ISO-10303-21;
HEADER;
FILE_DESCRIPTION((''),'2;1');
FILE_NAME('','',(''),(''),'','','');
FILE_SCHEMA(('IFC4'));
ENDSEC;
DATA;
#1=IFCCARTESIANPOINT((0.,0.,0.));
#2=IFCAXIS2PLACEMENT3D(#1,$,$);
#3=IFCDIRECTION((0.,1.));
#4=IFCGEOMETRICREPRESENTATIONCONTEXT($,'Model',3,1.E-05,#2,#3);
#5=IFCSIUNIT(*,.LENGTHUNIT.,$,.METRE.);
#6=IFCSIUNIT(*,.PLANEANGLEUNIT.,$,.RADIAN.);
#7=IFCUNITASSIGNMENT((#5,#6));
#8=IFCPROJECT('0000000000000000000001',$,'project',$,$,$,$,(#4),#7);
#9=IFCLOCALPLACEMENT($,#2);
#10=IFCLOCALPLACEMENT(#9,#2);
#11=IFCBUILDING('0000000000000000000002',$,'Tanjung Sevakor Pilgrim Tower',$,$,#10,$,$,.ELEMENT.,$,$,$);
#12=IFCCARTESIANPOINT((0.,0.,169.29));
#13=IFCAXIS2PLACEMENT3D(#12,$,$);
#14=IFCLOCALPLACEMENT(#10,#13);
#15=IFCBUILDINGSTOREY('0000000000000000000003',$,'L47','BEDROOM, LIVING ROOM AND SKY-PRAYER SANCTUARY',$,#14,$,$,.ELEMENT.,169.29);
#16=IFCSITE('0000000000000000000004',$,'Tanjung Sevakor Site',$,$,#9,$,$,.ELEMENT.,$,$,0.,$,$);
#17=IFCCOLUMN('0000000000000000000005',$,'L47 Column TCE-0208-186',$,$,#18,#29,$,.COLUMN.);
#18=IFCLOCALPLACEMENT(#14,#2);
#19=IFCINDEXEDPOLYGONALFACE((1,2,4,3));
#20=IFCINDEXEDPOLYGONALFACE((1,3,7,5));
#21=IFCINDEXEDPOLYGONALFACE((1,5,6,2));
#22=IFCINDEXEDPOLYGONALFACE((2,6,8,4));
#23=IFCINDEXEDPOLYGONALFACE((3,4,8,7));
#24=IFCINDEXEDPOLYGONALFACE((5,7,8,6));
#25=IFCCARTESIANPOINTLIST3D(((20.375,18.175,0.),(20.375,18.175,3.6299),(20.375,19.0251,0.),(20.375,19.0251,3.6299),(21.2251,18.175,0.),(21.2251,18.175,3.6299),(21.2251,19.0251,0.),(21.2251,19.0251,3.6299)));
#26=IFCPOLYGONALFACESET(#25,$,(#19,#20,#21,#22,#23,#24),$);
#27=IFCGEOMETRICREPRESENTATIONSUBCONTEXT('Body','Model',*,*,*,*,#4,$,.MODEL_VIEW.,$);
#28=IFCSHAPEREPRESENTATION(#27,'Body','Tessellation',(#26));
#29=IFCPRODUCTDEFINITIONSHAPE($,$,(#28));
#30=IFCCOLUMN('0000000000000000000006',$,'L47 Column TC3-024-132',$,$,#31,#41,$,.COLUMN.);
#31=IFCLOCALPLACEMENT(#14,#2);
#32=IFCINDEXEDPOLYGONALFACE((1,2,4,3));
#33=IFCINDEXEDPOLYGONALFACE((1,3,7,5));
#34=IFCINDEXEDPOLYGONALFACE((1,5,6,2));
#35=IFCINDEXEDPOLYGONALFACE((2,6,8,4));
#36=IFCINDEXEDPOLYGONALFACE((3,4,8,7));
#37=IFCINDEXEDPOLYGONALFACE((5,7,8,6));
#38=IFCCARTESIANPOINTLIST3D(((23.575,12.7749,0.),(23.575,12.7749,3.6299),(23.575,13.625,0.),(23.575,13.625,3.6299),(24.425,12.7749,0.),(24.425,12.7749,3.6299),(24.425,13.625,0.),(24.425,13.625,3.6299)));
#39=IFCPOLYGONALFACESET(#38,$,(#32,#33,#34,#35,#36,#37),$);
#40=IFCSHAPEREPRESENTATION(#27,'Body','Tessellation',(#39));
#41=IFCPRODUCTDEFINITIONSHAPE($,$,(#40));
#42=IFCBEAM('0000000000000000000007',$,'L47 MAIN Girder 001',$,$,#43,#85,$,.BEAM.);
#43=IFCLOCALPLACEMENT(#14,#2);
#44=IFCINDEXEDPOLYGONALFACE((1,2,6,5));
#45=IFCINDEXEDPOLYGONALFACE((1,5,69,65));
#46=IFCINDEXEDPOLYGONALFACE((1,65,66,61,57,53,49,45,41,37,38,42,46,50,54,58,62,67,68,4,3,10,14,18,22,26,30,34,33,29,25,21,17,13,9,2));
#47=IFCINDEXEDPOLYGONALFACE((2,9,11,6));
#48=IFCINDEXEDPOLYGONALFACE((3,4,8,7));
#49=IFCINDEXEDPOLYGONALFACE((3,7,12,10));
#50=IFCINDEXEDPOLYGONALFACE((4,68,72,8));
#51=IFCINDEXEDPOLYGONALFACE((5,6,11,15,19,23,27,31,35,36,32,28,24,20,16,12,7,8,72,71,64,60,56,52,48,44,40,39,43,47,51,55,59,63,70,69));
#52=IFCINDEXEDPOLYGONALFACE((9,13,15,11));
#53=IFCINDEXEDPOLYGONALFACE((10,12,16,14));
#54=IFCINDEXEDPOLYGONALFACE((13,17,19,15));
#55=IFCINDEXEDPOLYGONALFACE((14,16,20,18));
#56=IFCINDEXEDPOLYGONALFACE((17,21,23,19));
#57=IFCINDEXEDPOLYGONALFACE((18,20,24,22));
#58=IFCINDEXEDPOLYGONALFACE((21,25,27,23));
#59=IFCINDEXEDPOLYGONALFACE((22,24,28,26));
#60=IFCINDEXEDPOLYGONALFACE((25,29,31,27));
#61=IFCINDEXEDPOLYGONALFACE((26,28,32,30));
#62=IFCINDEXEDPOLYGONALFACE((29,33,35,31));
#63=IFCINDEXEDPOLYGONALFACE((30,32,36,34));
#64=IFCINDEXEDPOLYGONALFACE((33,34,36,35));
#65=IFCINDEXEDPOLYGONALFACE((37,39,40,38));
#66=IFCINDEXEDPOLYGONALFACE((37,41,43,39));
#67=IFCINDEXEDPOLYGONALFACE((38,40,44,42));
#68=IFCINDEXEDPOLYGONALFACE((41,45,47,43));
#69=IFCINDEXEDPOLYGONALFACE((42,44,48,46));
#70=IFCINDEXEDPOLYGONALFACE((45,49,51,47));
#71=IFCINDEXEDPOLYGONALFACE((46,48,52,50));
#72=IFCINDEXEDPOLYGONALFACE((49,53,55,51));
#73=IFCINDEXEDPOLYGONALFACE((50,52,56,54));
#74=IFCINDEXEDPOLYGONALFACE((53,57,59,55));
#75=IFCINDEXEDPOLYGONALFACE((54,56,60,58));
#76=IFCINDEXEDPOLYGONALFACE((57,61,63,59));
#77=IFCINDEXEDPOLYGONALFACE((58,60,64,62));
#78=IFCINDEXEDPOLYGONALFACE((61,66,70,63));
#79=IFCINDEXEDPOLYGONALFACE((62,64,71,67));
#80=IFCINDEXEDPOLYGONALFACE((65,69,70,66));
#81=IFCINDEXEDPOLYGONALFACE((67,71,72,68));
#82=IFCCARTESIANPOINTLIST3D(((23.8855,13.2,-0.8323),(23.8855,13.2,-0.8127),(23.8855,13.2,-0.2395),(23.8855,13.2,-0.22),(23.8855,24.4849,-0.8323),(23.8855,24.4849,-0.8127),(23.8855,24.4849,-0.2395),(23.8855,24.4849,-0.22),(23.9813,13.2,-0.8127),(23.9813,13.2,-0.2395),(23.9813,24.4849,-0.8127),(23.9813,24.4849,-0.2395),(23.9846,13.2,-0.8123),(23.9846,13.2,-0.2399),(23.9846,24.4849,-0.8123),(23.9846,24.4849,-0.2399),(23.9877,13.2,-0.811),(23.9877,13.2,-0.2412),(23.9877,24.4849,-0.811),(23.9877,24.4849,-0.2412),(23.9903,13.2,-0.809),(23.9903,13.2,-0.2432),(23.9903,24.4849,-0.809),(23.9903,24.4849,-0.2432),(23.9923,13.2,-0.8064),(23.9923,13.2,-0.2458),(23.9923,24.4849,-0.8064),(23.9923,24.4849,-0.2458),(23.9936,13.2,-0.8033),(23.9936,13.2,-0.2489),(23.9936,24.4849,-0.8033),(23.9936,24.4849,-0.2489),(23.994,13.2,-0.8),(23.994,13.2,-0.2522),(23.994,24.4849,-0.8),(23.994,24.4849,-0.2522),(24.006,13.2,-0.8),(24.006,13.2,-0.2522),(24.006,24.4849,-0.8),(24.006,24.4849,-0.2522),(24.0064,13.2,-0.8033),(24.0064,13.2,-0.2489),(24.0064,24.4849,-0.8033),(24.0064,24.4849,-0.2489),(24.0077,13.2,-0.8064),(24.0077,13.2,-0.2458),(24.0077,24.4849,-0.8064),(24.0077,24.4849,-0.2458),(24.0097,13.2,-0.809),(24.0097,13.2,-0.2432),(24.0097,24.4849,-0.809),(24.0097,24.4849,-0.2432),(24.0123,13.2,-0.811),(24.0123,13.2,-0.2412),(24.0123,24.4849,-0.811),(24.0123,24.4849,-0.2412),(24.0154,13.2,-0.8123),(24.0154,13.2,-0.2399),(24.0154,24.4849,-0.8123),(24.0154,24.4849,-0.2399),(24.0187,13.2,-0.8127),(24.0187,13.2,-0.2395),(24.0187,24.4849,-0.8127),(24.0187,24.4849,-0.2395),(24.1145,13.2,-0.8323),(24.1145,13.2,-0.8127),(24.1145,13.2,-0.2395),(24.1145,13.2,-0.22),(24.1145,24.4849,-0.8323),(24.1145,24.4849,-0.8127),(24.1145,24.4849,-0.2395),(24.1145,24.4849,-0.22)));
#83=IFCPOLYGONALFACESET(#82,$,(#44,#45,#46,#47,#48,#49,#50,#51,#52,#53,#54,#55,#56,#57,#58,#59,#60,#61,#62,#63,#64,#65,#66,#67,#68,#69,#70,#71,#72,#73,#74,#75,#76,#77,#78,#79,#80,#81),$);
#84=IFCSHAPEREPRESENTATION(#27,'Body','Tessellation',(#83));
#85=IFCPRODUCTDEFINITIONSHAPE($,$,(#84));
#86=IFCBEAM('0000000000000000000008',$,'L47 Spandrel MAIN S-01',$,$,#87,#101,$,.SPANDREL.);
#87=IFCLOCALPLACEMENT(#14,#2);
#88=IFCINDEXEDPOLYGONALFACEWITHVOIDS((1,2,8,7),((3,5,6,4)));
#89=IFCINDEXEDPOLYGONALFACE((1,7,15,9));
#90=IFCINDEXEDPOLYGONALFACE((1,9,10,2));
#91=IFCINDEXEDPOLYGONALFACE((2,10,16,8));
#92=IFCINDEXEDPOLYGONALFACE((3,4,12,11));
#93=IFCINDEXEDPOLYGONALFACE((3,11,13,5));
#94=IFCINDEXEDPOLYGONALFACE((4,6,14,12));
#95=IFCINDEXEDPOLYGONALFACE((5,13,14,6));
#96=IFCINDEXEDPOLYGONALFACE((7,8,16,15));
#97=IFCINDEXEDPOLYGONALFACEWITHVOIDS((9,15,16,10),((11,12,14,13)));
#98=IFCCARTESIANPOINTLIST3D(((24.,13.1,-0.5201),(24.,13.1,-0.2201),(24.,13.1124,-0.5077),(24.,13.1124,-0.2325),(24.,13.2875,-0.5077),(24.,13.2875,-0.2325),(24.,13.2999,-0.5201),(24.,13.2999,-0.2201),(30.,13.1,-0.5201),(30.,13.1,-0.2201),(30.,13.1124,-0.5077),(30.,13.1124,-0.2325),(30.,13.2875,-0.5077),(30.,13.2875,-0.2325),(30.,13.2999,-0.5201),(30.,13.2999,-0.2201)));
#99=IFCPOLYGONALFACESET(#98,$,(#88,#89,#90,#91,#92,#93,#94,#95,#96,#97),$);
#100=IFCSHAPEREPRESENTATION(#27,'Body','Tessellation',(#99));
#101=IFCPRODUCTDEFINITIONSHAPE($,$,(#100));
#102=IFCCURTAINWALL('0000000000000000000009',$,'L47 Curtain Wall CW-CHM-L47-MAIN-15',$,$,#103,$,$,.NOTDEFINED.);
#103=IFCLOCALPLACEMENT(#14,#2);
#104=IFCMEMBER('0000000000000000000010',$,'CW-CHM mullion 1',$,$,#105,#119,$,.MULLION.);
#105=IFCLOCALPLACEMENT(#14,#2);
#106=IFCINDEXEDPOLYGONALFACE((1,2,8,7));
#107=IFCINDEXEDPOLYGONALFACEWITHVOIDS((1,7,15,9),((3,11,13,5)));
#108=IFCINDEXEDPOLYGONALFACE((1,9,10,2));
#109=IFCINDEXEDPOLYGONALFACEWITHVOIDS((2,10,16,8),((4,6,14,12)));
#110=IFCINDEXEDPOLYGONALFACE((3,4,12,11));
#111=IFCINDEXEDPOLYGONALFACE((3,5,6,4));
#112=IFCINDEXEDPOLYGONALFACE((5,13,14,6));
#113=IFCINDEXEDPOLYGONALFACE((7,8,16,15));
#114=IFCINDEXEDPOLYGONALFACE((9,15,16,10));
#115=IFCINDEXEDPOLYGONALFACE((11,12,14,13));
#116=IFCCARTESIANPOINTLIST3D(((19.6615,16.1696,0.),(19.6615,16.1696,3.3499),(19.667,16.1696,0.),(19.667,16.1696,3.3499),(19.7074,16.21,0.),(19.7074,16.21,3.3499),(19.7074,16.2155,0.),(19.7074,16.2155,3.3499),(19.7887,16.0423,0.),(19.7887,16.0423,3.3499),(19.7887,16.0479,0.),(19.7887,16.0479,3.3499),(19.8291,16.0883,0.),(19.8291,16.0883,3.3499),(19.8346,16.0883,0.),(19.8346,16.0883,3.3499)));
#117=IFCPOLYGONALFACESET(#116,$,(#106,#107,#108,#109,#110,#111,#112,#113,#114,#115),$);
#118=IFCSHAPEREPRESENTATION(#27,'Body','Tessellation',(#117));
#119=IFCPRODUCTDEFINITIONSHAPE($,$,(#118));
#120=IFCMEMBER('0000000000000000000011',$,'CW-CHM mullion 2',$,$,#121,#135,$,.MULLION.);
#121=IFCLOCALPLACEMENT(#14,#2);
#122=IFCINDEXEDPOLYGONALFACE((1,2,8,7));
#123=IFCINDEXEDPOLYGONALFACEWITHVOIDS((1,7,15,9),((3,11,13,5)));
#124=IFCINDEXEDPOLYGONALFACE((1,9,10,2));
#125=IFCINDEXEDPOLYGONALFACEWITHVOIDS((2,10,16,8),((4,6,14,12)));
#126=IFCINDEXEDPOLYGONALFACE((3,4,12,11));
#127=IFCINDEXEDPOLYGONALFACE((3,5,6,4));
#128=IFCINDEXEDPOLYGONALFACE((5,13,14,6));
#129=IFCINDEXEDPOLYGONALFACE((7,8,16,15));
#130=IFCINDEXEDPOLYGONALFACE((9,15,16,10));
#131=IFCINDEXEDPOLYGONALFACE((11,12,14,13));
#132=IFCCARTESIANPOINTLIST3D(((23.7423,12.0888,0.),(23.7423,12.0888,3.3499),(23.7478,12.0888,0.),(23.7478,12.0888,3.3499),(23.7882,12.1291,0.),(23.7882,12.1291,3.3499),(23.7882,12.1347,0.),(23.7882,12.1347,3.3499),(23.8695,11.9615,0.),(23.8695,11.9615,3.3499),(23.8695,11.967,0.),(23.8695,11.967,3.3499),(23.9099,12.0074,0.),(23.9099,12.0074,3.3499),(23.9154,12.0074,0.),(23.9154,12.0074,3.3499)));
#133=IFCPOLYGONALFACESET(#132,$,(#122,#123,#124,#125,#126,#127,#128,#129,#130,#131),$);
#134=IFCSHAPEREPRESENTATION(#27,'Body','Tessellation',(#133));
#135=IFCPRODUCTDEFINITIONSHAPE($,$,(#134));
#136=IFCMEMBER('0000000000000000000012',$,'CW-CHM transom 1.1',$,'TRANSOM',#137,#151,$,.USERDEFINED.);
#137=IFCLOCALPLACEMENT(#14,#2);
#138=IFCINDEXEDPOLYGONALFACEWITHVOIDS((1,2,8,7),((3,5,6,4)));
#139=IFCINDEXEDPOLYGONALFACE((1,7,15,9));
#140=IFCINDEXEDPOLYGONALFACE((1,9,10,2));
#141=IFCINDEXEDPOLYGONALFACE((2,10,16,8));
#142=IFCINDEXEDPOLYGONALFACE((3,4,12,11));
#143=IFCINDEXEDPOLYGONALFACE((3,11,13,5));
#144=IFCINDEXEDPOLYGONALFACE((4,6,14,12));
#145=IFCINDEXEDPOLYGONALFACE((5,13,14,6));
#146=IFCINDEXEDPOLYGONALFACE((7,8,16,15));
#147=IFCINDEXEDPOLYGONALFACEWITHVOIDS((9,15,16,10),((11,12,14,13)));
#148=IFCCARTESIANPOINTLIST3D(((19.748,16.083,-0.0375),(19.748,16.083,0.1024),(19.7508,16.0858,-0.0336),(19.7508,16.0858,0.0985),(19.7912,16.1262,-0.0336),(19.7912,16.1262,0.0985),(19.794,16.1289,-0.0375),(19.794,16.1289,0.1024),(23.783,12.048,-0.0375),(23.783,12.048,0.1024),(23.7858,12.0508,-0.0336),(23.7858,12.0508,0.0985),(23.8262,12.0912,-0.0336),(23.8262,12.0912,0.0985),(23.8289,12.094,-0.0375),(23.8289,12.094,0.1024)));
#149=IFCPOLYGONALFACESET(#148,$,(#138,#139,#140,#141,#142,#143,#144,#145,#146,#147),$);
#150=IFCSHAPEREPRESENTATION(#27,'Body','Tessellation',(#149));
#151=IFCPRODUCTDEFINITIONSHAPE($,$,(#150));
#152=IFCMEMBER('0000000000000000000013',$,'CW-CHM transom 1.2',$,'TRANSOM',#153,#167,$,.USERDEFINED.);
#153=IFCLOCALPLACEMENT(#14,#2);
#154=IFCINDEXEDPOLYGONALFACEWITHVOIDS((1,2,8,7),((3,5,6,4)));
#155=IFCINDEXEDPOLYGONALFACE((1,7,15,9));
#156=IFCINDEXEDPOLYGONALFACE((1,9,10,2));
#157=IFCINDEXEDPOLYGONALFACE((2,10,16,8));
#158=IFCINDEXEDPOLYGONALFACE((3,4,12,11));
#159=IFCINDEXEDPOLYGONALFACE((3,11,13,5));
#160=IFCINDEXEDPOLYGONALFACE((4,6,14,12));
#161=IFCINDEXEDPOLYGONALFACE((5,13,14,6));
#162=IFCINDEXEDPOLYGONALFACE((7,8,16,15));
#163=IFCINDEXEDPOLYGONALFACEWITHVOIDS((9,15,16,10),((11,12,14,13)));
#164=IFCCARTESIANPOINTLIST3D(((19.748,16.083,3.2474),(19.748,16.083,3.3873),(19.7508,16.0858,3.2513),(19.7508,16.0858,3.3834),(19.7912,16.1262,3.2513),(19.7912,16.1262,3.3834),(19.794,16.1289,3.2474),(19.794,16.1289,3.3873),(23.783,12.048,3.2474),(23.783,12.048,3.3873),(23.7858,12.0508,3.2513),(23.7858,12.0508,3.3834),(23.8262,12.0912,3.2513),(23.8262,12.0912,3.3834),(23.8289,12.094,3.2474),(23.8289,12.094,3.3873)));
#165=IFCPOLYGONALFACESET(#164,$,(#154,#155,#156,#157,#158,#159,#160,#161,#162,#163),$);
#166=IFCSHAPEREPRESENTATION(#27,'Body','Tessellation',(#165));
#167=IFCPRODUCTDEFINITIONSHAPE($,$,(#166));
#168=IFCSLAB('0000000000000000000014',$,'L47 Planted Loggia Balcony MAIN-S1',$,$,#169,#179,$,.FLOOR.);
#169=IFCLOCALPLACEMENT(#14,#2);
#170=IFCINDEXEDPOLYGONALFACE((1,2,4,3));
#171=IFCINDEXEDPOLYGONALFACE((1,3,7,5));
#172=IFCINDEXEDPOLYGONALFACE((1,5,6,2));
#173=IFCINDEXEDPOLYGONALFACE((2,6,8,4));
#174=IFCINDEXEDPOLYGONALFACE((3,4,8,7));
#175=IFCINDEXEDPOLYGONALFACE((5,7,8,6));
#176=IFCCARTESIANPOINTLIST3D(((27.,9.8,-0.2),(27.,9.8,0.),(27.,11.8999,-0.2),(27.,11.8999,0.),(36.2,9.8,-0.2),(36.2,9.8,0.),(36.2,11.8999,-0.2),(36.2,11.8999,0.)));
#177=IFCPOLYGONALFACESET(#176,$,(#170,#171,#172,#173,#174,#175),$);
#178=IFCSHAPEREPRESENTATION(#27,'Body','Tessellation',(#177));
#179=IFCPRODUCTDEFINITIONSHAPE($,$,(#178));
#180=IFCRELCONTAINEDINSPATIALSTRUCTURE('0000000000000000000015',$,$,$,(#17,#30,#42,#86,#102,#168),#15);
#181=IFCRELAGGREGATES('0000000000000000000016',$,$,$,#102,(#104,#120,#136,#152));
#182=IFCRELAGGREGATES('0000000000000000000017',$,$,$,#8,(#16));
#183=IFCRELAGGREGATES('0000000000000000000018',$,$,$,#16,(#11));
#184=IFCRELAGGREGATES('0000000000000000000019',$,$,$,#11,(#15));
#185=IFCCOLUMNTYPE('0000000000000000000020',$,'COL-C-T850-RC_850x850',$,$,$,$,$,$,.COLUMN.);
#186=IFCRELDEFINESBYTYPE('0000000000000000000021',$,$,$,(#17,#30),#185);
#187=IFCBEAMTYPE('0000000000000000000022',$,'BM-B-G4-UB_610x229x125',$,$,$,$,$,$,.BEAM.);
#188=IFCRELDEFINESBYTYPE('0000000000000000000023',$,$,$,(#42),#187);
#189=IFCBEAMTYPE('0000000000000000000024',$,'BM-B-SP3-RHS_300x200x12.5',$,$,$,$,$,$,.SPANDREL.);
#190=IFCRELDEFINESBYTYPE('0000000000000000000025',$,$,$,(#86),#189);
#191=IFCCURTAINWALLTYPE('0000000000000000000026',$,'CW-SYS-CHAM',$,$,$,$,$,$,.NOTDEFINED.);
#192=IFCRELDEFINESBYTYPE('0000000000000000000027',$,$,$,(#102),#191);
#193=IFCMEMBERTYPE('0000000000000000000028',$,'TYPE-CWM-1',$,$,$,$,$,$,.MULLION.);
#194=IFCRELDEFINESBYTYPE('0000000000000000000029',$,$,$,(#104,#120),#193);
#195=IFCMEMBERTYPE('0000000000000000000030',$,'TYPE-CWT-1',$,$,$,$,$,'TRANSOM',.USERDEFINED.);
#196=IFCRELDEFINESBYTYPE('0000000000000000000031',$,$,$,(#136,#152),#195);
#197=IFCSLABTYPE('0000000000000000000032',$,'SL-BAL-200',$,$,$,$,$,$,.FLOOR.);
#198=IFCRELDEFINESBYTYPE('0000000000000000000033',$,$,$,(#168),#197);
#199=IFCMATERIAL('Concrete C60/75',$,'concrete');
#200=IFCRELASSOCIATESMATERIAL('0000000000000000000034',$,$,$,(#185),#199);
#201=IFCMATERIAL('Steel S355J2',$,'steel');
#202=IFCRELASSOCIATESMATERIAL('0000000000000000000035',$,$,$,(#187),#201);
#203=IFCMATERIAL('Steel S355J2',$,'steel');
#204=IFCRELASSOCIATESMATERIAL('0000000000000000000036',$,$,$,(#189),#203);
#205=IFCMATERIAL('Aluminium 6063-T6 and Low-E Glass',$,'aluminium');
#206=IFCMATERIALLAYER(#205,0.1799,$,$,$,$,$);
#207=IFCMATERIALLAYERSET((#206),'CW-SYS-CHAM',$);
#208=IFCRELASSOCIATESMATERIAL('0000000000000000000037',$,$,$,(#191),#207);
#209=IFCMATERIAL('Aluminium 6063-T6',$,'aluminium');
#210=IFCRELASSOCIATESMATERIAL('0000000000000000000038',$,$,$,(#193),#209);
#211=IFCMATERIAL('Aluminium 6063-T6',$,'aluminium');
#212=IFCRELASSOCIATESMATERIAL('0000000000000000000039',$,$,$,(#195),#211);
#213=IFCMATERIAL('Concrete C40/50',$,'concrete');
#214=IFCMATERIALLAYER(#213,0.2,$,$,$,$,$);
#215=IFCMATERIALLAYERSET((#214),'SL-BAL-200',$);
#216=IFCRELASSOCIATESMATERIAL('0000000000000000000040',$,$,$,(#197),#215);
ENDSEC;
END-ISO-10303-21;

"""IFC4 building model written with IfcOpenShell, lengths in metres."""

from ifc_helpers import new_model, si_unit, direction, frame, origin, origin_2d, place, context, subcontext, project, spatial, polyline, rectangle, hollow_rectangle, i_section, outline, extrude, material, layer, layer_set, material_profile, profile_set, type_object, element, aggregate, save


model = new_model("IFC4")

# Units and contexts
model_context = context("Model", 3, precision=1e-05, world=origin(), true_north=direction((0.0, 1.0)))
body_context = subcontext(model_context, "Body", "Model", "MODEL_VIEW")
ifc_project = project(units=[si_unit("LENGTHUNIT", "METRE"), si_unit("PLANEANGLEUNIT", "RADIAN")], contexts=[model_context])

# Site, building, storey
site_placement = place(None, origin())
site = spatial("IfcSite", under=ifc_project, at=site_placement, Name="Tanjung Sevakor Site", CompositionType="ELEMENT", RefElevation=0.0)
building_placement = place(site_placement, origin())
building = spatial("IfcBuilding", under=site, at=building_placement, Name="Tanjung Sevakor Pilgrim Tower", CompositionType="ELEMENT")
storey_placement = place(building_placement, frame((0.0, 0.0, 169.29)))
storey = spatial("IfcBuildingStorey", under=building, at=storey_placement, Name="L47", Description="BEDROOM, LIVING ROOM AND SKY-PRAYER SANCTUARY", CompositionType="ELEMENT", Elevation=169.29)

# Columns
ifc_material_1 = material(Name="Concrete C60/75", Category="concrete")
ifc_material_profile_1 = material_profile(ifc_material_1, rectangle(XDim=0.8501, YDim=0.8501, at=origin_2d()))
ifc_profile_set_1 = profile_set([ifc_material_profile_1], Name="Concrete C60/75")
column_type = type_object("IfcColumnType", Name="COL-C-T850-RC_850x850", PredefinedType="COLUMN", material=ifc_profile_set_1)
for number, where, z_axis, x_axis, name in (
    (1, (20.8, 18.6001, 0.0), (0.0, 0.0, 1.0), (1.0, 0.0, 0.0), "L47 Column TCE-0208-186"),
    (2, (24.0, 13.2, 0.0), (0.0, 0.0, 1.0), (1.0, 0.0, 0.0), "L47 Column TC3-024-132"),
):
    element("IfcColumn", number, at=place(storey_placement, frame(where, z_axis=z_axis, x_axis=x_axis)), inside=storey, type_object=column_type, Name=name, PredefinedType="COLUMN", context=body_context, shape_type="SweptSolid", body=[
        extrude(rectangle(XDim=0.8501, YDim=0.8501, at=origin_2d()), origin(), (0.0, 0.0, 1.0), 3.6299),
    ])

# Beams
ifc_material_2 = material(Name="Steel S355J2", Category="steel")
ifc_material_profile_2 = material_profile(ifc_material_2, i_section(OverallWidth=0.229, OverallDepth=0.6123, WebThickness=0.012, FlangeThickness=0.0195, FilletRadius=0.0127, at=origin_2d()))
ifc_profile_set_2 = profile_set([ifc_material_profile_2], Name="Steel S355J2")
beam_type_1 = type_object("IfcBeamType", Name="BM-B-G4-UB_610x229x125", PredefinedType="BEAM", material=ifc_profile_set_2)
beam_1_placement = place(storey_placement, frame((24.0, 13.2, -0.5261), z_axis=(0.0, 1.0, 0.0), x_axis=(-1.0, 0.0, 0.0)))
element("IfcBeam", 3, at=beam_1_placement, inside=storey, type_object=beam_type_1, Name="L47 MAIN Girder 001", PredefinedType="BEAM", context=body_context, shape_type="SweptSolid", body=[
    extrude(i_section(OverallWidth=0.229, OverallDepth=0.6123, WebThickness=0.012, FlangeThickness=0.0195, FilletRadius=0.0127, at=origin_2d()), origin(), (0.0, 0.0, 1.0), 11.2849),
])
ifc_material_3 = material(Name="Steel S355J2", Category="steel")
ifc_material_profile_3 = material_profile(ifc_material_3, hollow_rectangle(XDim=0.2, YDim=0.3, WallThickness=0.0125, at=origin_2d()))
ifc_profile_set_3 = profile_set([ifc_material_profile_3], Name="Steel S355J2")
beam_type_2 = type_object("IfcBeamType", Name="BM-B-SP3-RHS_300x200x12.5", PredefinedType="SPANDREL", material=ifc_profile_set_3)
beam_2_placement = place(storey_placement, frame((24.0, 13.2, -0.3701), z_axis=(1.0, 0.0, 0.0), x_axis=(0.0, 1.0, 0.0)))
element("IfcBeam", 4, at=beam_2_placement, inside=storey, type_object=beam_type_2, Name="L47 Spandrel MAIN S-01", PredefinedType="SPANDREL", context=body_context, shape_type="SweptSolid", body=[
    extrude(hollow_rectangle(XDim=0.2, YDim=0.3, WallThickness=0.0125, at=origin_2d()), origin(), (0.0, 0.0, 1.0), 6.0),
])

# Curtain wall, members
ifc_material_4 = material(Name="Aluminium 6063-T6 and Low-E Glass", Category="aluminium")
ifc_layer_1 = layer(ifc_material_4, 0.1799)
ifc_layer_set_1 = layer_set([ifc_layer_1], Name="CW-SYS-CHAM")
curtain_wall_type = type_object("IfcCurtainWallType", Name="CW-SYS-CHAM", PredefinedType="NOTDEFINED", material=ifc_layer_set_1)
curtain_wall_placement = place(storey_placement, origin())
curtain_wall = element("IfcCurtainWall", 5, at=curtain_wall_placement, inside=storey, type_object=curtain_wall_type, Name="L47 Curtain Wall CW-CHM-L47-MAIN-15", PredefinedType="NOTDEFINED")
ifc_material_5 = material(Name="Aluminium 6063-T6", Category="aluminium")
ifc_material_profile_4 = material_profile(ifc_material_5, hollow_rectangle(XDim=0.0649, YDim=0.1799, WallThickness=0.0039, at=origin_2d()))
ifc_profile_set_4 = profile_set([ifc_material_profile_4], Name="Aluminium 6063-T6")
member_type_1 = type_object("IfcMemberType", Name="TYPE-CWM-1", PredefinedType="MULLION", material=ifc_profile_set_4)
member_1_placement = place(storey_placement, frame((19.748, 16.1289, 0.0), z_axis=(0.0, 0.0, 1.0), x_axis=(0.707107, 0.707107, 0.0)))
member_1 = element("IfcMember", 6, at=member_1_placement, type_object=member_type_1, Name="CW-CHM mullion 1", PredefinedType="MULLION", context=body_context, shape_type="SweptSolid", body=[
    extrude(hollow_rectangle(XDim=0.0649, YDim=0.1799, WallThickness=0.0039, at=origin_2d()), origin(), (0.0, 0.0, 1.0), 3.3499),
])
member_2_placement = place(storey_placement, frame((23.8289, 12.0481, 0.0), z_axis=(0.0, 0.0, 1.0), x_axis=(0.707107, 0.707107, 0.0)))
member_2 = element("IfcMember", 7, at=member_2_placement, type_object=member_type_1, Name="CW-CHM mullion 2", PredefinedType="MULLION", context=body_context, shape_type="SweptSolid", body=[
    extrude(hollow_rectangle(XDim=0.0649, YDim=0.1799, WallThickness=0.0039, at=origin_2d()), origin(), (0.0, 0.0, 1.0), 3.3499),
])
ifc_material_6 = material(Name="Aluminium 6063-T6", Category="aluminium")
ifc_material_profile_5 = material_profile(ifc_material_6, hollow_rectangle(XDim=0.0649, YDim=0.1399, WallThickness=0.0039, at=origin_2d()))
ifc_profile_set_5 = profile_set([ifc_material_profile_5], Name="Aluminium 6063-T6")
member_type_2 = type_object("IfcMemberType", Name="TYPE-CWT-1", ElementType="TRANSOM", PredefinedType="USERDEFINED", material=ifc_profile_set_5)
member_3_placement = place(storey_placement, frame((19.771, 16.106, 0.0325), z_axis=(0.707107, -0.707107, 0.0), x_axis=(0.707107, 0.707107, 0.0)))
member_3 = element("IfcMember", 8, at=member_3_placement, type_object=member_type_2, Name="CW-CHM transom 1.1", ObjectType="TRANSOM", PredefinedType="USERDEFINED", context=body_context, shape_type="SweptSolid", body=[
    extrude(hollow_rectangle(XDim=0.0649, YDim=0.1399, WallThickness=0.0039, at=origin_2d()), origin(), (0.0, 0.0, 1.0), 5.7063),
])
member_4_placement = place(storey_placement, frame((19.771, 16.106, 3.3174), z_axis=(0.707107, -0.707107, 0.0), x_axis=(0.707107, 0.707107, 0.0)))
member_4 = element("IfcMember", 9, at=member_4_placement, type_object=member_type_2, Name="CW-CHM transom 1.2", ObjectType="TRANSOM", PredefinedType="USERDEFINED", context=body_context, shape_type="SweptSolid", body=[
    extrude(hollow_rectangle(XDim=0.0649, YDim=0.1399, WallThickness=0.0039, at=origin_2d()), origin(), (0.0, 0.0, 1.0), 5.7063),
])

# Slab
ifc_material_7 = material(Name="Concrete C40/50", Category="concrete")
ifc_layer_2 = layer(ifc_material_7, 0.2)
ifc_layer_set_2 = layer_set([ifc_layer_2], Name="SL-BAL-200")
slab_type_1 = type_object("IfcSlabType", Name="SL-BAL-200", PredefinedType="FLOOR", material=ifc_layer_set_2)
slab_1_placement = place(storey_placement, frame((0.0, 0.0, -0.2)))
element("IfcSlab", 10, at=slab_1_placement, inside=storey, type_object=slab_type_1, Name="L47 Planted Loggia Balcony MAIN-S1", PredefinedType="FLOOR", context=body_context, shape_type="SweptSolid", body=[
    extrude(outline(polyline([(27.0, 9.8), (36.2, 9.8), (36.2, 11.8999), (27.0, 11.8999), (27.0, 9.8)])), origin(), (0.0, 0.0, 1.0), 0.2),
])

aggregate(curtain_wall, [member_1, member_2, member_3, member_4])

save(model, "model.ifc")
